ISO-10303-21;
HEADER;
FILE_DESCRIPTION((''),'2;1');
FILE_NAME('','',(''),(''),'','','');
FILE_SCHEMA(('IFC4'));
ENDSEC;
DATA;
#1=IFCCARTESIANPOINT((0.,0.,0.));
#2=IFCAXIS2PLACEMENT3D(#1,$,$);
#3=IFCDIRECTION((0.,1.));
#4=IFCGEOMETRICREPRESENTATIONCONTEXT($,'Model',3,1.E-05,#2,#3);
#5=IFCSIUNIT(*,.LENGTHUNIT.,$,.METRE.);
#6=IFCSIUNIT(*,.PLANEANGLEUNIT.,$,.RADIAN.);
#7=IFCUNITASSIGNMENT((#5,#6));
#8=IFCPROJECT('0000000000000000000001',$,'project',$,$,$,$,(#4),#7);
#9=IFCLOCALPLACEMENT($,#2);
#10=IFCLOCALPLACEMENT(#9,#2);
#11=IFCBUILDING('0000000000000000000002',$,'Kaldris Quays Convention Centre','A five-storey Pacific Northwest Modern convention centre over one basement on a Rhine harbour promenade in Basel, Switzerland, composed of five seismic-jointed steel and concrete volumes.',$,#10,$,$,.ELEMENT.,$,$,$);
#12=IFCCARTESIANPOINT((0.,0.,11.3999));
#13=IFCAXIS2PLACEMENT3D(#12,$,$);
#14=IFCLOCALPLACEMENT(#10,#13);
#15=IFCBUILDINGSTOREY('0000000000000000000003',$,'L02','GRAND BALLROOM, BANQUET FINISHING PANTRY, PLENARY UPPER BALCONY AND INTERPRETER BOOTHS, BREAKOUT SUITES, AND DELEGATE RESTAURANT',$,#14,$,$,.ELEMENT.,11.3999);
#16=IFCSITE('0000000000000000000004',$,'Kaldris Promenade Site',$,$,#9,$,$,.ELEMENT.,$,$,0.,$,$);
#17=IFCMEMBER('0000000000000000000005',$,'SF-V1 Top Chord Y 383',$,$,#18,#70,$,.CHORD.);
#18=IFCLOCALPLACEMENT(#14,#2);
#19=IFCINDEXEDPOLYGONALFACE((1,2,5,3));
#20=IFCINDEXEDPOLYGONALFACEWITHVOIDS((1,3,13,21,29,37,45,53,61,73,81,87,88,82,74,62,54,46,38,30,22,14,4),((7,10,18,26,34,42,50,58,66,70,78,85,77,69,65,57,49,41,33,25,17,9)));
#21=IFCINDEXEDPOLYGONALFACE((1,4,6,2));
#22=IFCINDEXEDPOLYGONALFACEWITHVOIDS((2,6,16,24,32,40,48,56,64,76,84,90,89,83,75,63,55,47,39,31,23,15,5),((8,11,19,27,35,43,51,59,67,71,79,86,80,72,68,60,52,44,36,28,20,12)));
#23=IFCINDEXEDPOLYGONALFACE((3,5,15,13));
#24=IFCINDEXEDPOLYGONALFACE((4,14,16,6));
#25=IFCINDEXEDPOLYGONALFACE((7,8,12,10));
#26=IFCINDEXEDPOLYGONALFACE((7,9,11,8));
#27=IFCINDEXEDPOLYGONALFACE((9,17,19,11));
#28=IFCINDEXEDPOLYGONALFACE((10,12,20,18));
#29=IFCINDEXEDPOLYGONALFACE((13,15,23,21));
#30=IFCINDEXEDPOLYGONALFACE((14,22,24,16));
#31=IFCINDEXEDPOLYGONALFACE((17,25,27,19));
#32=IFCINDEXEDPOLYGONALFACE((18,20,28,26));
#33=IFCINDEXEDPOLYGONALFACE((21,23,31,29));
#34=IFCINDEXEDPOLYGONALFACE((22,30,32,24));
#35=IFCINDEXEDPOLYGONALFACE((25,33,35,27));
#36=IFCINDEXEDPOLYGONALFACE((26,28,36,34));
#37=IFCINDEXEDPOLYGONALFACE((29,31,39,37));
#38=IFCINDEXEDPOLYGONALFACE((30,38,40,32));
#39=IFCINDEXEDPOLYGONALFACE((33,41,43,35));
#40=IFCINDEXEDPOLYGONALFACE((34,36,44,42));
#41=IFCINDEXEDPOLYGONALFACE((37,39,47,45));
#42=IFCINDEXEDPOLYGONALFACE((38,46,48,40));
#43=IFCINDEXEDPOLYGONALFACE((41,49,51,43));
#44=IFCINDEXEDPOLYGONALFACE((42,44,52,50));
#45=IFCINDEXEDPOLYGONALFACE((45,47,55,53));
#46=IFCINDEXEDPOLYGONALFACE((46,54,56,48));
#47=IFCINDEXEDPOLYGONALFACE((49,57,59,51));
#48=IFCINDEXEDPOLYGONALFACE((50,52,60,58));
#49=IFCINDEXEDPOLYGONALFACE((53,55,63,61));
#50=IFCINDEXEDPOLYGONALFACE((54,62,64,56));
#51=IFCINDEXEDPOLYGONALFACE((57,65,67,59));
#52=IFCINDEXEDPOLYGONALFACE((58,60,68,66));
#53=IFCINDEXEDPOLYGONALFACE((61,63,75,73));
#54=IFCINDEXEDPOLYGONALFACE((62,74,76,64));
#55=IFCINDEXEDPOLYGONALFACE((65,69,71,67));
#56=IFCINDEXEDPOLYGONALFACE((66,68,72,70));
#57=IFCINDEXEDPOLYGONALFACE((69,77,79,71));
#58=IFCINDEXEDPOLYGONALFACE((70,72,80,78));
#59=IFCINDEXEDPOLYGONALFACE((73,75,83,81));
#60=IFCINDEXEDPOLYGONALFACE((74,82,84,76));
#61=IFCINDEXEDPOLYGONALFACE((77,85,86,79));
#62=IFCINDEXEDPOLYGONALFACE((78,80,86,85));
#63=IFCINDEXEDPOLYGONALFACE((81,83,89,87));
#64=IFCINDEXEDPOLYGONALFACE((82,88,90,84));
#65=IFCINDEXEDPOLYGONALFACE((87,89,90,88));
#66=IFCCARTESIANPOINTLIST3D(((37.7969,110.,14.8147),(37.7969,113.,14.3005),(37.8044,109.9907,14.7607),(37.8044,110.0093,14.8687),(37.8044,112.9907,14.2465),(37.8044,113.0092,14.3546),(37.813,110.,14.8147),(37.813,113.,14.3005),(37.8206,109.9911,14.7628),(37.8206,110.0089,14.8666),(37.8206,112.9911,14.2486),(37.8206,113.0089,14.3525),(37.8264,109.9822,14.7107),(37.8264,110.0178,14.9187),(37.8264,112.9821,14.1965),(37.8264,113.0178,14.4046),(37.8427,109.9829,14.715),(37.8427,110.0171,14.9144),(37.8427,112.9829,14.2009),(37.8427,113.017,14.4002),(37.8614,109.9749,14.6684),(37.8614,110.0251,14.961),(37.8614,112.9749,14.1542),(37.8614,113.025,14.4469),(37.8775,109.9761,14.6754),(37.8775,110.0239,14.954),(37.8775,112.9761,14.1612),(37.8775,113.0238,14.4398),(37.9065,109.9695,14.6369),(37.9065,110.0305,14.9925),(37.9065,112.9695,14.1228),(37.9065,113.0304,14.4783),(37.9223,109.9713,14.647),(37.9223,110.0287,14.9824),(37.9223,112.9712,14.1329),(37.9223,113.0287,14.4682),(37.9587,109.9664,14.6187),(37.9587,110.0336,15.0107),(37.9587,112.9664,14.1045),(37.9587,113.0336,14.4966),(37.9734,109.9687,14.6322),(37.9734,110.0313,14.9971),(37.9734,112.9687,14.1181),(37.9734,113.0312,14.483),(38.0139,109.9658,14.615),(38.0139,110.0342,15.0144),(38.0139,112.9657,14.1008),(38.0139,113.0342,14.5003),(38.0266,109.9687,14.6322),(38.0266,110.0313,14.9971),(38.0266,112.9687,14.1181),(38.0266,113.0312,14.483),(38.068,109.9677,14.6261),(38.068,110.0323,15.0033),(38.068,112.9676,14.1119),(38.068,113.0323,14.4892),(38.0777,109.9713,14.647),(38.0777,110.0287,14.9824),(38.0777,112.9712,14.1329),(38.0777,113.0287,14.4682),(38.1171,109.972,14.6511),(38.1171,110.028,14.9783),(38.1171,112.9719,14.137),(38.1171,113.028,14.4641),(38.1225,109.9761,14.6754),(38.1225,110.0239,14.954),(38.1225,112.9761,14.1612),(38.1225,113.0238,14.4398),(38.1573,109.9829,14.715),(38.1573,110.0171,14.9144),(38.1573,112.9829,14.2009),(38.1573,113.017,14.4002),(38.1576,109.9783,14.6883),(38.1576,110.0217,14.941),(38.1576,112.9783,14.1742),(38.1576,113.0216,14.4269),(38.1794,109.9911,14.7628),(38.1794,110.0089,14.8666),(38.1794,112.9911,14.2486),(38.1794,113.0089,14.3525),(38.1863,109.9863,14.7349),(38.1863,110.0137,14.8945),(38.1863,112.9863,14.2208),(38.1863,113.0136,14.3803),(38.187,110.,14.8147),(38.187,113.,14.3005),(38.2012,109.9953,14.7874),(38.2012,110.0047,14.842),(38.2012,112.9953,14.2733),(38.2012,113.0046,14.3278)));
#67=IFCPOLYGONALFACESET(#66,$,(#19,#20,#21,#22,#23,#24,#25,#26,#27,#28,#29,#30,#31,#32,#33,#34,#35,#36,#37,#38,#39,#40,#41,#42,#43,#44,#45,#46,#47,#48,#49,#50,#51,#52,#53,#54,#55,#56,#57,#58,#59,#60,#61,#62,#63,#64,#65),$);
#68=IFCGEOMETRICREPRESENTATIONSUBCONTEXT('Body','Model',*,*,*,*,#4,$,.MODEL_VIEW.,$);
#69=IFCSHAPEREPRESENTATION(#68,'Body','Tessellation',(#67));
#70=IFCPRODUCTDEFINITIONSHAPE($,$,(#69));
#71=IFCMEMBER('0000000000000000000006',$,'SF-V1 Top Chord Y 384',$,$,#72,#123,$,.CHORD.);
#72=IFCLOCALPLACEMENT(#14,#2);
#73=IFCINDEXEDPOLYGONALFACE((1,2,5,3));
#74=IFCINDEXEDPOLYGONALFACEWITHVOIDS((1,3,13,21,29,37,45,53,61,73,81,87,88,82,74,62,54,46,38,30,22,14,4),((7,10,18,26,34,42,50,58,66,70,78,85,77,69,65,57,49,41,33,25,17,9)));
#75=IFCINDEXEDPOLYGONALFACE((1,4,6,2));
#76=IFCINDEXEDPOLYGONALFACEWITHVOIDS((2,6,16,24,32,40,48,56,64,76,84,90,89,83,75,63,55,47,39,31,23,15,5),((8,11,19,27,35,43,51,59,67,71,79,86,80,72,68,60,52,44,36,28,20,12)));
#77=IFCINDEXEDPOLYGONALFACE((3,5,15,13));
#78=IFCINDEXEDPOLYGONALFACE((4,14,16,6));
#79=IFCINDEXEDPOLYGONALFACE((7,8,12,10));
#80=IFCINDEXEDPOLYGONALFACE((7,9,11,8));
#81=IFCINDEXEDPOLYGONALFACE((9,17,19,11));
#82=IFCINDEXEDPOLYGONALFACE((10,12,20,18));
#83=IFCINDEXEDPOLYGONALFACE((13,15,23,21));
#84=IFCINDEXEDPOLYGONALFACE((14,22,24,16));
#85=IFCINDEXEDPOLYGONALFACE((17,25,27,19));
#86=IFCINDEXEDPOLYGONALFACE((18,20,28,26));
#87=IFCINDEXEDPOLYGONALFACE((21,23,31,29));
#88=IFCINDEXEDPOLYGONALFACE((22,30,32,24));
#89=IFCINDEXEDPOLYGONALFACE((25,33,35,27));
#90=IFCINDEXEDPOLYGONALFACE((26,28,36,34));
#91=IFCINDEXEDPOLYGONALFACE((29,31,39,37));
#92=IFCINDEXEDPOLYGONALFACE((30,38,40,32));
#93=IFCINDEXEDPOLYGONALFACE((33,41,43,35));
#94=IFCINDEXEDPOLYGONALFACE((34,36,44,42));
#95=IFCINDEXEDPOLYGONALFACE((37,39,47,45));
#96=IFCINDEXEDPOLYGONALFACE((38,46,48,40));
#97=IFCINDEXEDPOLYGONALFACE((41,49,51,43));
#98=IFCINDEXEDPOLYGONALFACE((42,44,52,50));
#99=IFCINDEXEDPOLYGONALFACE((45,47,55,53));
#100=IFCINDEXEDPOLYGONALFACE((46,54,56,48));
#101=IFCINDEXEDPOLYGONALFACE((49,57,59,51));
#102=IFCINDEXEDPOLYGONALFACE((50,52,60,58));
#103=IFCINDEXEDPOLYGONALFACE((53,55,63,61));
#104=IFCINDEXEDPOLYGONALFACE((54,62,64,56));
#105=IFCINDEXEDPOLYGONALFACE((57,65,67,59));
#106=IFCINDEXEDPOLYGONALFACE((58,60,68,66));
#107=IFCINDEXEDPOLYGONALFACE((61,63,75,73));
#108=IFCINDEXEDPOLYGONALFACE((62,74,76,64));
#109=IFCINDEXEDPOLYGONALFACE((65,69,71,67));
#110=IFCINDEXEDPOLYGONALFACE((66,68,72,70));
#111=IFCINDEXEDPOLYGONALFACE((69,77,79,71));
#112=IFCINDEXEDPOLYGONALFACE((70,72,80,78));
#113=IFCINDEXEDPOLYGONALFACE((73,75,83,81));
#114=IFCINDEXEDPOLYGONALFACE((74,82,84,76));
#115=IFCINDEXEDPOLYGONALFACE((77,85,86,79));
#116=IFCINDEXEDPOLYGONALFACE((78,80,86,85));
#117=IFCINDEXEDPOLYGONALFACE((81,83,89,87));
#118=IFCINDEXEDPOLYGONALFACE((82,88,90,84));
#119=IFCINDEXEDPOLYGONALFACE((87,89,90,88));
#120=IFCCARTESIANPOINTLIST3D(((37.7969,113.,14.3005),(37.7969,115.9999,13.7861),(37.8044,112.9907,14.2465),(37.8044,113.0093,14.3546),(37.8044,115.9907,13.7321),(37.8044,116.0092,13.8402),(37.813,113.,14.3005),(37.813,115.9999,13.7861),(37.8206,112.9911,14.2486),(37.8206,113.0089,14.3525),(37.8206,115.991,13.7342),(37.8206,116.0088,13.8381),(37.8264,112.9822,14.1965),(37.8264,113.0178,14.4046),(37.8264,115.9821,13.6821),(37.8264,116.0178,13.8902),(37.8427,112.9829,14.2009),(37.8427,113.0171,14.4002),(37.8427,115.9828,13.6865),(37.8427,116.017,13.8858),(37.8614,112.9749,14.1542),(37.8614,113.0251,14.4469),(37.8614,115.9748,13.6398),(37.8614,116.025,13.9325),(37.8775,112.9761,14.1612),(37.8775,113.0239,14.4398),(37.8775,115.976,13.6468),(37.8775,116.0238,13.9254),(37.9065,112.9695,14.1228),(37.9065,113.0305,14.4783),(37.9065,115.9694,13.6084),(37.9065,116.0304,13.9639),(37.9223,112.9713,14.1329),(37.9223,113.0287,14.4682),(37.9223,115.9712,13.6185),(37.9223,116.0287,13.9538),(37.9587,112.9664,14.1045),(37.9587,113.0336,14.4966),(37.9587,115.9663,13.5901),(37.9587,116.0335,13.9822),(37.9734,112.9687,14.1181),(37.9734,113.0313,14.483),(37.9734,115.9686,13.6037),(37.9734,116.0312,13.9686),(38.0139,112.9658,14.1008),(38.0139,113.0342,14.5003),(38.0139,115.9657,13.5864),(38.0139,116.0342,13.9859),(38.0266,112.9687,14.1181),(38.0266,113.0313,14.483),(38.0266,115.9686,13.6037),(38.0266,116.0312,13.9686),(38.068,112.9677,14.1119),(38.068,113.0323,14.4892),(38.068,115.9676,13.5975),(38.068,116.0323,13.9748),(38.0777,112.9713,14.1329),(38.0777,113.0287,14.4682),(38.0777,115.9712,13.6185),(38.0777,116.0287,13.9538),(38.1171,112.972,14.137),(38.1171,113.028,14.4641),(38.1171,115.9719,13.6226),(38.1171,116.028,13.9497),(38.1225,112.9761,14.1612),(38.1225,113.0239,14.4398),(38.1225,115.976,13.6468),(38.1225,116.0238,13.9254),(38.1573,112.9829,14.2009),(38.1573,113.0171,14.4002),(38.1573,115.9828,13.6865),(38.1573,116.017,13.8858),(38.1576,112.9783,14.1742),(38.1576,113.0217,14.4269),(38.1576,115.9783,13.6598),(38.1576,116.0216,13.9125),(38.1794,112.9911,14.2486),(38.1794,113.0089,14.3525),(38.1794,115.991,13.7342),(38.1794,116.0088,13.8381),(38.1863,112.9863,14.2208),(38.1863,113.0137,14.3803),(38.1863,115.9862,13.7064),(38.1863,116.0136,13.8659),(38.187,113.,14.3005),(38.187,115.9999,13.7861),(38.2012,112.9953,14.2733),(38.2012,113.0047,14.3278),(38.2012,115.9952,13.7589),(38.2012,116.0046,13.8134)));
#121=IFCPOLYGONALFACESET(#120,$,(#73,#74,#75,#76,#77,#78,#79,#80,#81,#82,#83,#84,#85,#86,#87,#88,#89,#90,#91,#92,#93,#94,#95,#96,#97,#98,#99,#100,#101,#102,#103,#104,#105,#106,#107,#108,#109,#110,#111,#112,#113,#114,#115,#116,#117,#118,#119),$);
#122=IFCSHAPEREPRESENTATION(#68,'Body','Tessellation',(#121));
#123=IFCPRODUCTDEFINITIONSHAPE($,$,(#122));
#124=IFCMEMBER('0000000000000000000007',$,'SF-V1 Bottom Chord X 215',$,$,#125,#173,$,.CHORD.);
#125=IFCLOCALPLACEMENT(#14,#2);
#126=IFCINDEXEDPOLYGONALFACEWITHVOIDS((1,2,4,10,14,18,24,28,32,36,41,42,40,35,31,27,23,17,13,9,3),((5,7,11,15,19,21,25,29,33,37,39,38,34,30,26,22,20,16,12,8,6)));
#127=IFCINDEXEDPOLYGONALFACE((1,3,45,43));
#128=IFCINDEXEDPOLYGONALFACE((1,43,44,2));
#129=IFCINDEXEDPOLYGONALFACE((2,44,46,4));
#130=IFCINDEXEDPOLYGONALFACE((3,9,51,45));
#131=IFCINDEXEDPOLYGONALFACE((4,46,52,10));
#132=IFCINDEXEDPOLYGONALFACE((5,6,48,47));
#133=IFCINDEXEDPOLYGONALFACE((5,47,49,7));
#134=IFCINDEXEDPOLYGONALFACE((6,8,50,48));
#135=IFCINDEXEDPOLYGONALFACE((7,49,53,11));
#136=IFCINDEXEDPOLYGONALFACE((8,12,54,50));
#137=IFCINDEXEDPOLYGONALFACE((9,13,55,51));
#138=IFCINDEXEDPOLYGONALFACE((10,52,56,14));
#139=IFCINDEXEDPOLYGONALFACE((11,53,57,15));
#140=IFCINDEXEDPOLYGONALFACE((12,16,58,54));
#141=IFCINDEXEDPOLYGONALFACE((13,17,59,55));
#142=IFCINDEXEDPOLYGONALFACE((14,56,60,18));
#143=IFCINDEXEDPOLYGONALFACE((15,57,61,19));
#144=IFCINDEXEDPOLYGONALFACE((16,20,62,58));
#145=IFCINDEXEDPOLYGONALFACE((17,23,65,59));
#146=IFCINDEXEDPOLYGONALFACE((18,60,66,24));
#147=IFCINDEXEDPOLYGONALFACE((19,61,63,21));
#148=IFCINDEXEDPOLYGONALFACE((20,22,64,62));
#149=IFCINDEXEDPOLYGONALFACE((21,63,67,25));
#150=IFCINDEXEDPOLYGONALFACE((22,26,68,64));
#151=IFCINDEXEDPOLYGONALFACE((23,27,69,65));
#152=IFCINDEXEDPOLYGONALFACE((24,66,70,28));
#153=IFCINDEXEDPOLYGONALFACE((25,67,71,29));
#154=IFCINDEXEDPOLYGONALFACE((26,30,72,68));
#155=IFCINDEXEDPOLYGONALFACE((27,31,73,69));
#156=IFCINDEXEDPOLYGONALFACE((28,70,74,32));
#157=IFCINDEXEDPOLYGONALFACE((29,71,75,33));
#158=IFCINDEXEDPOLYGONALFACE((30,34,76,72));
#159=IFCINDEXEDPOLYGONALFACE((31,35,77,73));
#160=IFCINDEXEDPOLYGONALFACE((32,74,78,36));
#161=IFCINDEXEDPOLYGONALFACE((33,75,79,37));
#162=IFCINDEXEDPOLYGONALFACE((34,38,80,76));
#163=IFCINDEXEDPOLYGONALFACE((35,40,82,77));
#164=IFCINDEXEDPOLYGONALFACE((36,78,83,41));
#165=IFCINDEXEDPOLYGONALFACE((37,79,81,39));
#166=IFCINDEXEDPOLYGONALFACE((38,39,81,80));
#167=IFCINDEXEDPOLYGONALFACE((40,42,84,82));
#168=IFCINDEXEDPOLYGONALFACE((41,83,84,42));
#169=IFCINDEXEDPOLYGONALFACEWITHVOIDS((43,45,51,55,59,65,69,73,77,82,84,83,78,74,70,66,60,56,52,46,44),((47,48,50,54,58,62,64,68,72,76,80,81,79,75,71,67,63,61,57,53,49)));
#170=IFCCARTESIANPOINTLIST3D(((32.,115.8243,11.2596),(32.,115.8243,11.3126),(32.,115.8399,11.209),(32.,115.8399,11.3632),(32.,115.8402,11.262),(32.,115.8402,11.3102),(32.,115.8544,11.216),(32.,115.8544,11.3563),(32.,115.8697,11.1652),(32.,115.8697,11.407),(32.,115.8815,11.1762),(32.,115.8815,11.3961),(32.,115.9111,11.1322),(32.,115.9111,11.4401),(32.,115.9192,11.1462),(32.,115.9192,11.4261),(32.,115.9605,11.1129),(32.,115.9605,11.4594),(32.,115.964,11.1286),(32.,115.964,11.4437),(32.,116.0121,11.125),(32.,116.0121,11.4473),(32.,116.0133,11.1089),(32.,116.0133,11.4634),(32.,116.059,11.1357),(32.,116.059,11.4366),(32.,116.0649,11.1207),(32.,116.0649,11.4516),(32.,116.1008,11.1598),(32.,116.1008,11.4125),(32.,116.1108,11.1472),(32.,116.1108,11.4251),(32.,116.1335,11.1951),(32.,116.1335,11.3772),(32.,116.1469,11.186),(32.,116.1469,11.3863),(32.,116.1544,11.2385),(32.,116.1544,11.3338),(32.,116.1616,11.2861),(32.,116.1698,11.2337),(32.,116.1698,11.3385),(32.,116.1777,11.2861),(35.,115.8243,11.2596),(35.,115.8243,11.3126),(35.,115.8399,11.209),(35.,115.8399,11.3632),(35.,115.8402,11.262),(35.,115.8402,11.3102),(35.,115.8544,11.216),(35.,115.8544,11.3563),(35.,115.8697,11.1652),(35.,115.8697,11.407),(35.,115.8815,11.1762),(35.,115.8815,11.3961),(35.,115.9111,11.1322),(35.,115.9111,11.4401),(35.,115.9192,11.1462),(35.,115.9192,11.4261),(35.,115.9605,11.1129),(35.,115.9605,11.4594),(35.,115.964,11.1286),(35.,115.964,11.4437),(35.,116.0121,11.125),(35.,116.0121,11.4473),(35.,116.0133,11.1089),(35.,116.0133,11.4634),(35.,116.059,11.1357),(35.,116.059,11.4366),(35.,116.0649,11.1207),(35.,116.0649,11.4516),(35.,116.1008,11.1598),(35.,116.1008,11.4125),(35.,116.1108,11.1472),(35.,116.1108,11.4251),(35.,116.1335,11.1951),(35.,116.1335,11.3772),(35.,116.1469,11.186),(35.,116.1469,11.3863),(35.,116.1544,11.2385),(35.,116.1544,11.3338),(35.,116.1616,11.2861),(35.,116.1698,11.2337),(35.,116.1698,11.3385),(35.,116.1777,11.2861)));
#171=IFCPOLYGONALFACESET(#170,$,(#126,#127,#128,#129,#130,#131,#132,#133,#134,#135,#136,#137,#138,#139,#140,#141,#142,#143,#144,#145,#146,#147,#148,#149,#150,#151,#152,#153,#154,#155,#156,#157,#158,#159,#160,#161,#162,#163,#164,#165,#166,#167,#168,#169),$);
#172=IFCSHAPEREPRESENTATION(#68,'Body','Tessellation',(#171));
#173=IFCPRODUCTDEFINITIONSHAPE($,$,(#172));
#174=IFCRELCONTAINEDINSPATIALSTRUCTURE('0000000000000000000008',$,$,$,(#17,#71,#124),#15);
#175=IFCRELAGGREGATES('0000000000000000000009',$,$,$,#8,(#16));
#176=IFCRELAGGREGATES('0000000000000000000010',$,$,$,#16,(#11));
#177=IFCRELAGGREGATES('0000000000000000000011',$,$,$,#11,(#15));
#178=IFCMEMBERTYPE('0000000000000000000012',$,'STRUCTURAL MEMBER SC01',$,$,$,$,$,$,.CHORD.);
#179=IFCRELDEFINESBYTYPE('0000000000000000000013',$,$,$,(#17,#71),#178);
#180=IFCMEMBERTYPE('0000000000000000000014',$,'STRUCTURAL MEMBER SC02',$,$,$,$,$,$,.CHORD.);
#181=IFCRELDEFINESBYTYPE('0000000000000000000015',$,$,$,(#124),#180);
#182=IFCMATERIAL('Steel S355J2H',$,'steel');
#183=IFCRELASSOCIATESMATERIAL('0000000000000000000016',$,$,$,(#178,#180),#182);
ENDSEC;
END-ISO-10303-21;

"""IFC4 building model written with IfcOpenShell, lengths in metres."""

from ifc_helpers import new_model, si_unit, direction, frame, origin, origin_2d, place, context, subcontext, project, spatial, hollow_circle, extrude, material, material_profile, profile_set, type_object, element, save


model = new_model("IFC4")

# Units and contexts
model_context = context("Model", 3, precision=1e-05, world=origin(), true_north=direction((0.0, 1.0)))
body_context = subcontext(model_context, "Body", "Model", "MODEL_VIEW")
ifc_project = project(units=[si_unit("LENGTHUNIT", "METRE"), si_unit("PLANEANGLEUNIT", "RADIAN")], contexts=[model_context])

# Site, building, storey
site_placement = place(None, origin())
site = spatial("IfcSite", under=ifc_project, at=site_placement, Name="Kaldris Promenade Site", CompositionType="ELEMENT", RefElevation=0.0)
building_placement = place(site_placement, origin())
building = spatial("IfcBuilding", under=site, at=building_placement, Name="Kaldris Quays Convention Centre", Description="A five-storey Pacific Northwest Modern convention centre over one basement on a Rhine harbour promenade in Basel, Switzerland, composed of five seismic-jointed steel and concrete volumes.", CompositionType="ELEMENT")
storey_placement = place(building_placement, frame((0.0, 0.0, 11.3999)))
storey = spatial("IfcBuildingStorey", under=building, at=storey_placement, Name="L02", Description="GRAND BALLROOM, BANQUET FINISHING PANTRY, PLENARY UPPER BALCONY AND INTERPRETER BOOTHS, BREAKOUT SUITES, AND DELEGATE RESTAURANT", CompositionType="ELEMENT", Elevation=11.3999)

# Members
ifc_material_1 = material(Name="Steel S355J2H", Category="steel")
ifc_material_profile_1 = material_profile(ifc_material_1, hollow_circle(Radius=0.2031, WallThickness=0.0161, at=origin_2d()), Name="CHS 406.4x16")
ifc_profile_set_1 = profile_set([ifc_material_profile_1], Name="Steel S355J2H")
member_type_1 = type_object("IfcMemberType", Name="STRUCTURAL MEMBER SC01", PredefinedType="CHORD", material=ifc_profile_set_1)
for number, where, z_axis, x_axis, name in (
    (1, (38.0, 110.0, 14.8147), (0.0, 0.985629, -0.168924), (-1.0, 0.0, 0.0), "SF-V1 Top Chord Y 383"),
    (2, (38.0, 113.0, 14.3005), (0.0, 0.985616, -0.169002), (-1.0, 0.0, 0.0), "SF-V1 Top Chord Y 384"),
):
    element("IfcMember", number, at=place(storey_placement, frame(where, z_axis=z_axis, x_axis=x_axis)), inside=storey, type_object=member_type_1, Name=name, PredefinedType="CHORD", context=body_context, shape_type="SweptSolid", body=[
        extrude(hollow_circle(Radius=0.2031, WallThickness=0.0161, at=origin_2d()), origin(), (0.0, 0.0, 1.0), 3.0437),
    ])
ifc_material_profile_2 = material_profile(ifc_material_1, hollow_circle(Radius=0.1777, WallThickness=0.0161, at=origin_2d()), Name="CHS 355.6x16")
ifc_profile_set_2 = profile_set([ifc_material_profile_2], Name="Steel S355J2H")
member_type_2 = type_object("IfcMemberType", Name="STRUCTURAL MEMBER SC02", PredefinedType="CHORD", material=ifc_profile_set_2)
for number, where, z_axis, x_axis, name in (
    (3, (32.0, 116.0, 11.2861), (1.0, 0.0, 0.0), (0.0, 1.0, 0.0), "SF-V1 Bottom Chord X 215"),
):
    element("IfcMember", number, at=place(storey_placement, frame(where, z_axis=z_axis, x_axis=x_axis)), inside=storey, type_object=member_type_2, Name=name, PredefinedType="CHORD", context=body_context, shape_type="SweptSolid", body=[
        extrude(hollow_circle(Radius=0.1777, WallThickness=0.0161, at=origin_2d()), origin(), (0.0, 0.0, 1.0), 3.0),
    ])

save(model, "model.ifc")
